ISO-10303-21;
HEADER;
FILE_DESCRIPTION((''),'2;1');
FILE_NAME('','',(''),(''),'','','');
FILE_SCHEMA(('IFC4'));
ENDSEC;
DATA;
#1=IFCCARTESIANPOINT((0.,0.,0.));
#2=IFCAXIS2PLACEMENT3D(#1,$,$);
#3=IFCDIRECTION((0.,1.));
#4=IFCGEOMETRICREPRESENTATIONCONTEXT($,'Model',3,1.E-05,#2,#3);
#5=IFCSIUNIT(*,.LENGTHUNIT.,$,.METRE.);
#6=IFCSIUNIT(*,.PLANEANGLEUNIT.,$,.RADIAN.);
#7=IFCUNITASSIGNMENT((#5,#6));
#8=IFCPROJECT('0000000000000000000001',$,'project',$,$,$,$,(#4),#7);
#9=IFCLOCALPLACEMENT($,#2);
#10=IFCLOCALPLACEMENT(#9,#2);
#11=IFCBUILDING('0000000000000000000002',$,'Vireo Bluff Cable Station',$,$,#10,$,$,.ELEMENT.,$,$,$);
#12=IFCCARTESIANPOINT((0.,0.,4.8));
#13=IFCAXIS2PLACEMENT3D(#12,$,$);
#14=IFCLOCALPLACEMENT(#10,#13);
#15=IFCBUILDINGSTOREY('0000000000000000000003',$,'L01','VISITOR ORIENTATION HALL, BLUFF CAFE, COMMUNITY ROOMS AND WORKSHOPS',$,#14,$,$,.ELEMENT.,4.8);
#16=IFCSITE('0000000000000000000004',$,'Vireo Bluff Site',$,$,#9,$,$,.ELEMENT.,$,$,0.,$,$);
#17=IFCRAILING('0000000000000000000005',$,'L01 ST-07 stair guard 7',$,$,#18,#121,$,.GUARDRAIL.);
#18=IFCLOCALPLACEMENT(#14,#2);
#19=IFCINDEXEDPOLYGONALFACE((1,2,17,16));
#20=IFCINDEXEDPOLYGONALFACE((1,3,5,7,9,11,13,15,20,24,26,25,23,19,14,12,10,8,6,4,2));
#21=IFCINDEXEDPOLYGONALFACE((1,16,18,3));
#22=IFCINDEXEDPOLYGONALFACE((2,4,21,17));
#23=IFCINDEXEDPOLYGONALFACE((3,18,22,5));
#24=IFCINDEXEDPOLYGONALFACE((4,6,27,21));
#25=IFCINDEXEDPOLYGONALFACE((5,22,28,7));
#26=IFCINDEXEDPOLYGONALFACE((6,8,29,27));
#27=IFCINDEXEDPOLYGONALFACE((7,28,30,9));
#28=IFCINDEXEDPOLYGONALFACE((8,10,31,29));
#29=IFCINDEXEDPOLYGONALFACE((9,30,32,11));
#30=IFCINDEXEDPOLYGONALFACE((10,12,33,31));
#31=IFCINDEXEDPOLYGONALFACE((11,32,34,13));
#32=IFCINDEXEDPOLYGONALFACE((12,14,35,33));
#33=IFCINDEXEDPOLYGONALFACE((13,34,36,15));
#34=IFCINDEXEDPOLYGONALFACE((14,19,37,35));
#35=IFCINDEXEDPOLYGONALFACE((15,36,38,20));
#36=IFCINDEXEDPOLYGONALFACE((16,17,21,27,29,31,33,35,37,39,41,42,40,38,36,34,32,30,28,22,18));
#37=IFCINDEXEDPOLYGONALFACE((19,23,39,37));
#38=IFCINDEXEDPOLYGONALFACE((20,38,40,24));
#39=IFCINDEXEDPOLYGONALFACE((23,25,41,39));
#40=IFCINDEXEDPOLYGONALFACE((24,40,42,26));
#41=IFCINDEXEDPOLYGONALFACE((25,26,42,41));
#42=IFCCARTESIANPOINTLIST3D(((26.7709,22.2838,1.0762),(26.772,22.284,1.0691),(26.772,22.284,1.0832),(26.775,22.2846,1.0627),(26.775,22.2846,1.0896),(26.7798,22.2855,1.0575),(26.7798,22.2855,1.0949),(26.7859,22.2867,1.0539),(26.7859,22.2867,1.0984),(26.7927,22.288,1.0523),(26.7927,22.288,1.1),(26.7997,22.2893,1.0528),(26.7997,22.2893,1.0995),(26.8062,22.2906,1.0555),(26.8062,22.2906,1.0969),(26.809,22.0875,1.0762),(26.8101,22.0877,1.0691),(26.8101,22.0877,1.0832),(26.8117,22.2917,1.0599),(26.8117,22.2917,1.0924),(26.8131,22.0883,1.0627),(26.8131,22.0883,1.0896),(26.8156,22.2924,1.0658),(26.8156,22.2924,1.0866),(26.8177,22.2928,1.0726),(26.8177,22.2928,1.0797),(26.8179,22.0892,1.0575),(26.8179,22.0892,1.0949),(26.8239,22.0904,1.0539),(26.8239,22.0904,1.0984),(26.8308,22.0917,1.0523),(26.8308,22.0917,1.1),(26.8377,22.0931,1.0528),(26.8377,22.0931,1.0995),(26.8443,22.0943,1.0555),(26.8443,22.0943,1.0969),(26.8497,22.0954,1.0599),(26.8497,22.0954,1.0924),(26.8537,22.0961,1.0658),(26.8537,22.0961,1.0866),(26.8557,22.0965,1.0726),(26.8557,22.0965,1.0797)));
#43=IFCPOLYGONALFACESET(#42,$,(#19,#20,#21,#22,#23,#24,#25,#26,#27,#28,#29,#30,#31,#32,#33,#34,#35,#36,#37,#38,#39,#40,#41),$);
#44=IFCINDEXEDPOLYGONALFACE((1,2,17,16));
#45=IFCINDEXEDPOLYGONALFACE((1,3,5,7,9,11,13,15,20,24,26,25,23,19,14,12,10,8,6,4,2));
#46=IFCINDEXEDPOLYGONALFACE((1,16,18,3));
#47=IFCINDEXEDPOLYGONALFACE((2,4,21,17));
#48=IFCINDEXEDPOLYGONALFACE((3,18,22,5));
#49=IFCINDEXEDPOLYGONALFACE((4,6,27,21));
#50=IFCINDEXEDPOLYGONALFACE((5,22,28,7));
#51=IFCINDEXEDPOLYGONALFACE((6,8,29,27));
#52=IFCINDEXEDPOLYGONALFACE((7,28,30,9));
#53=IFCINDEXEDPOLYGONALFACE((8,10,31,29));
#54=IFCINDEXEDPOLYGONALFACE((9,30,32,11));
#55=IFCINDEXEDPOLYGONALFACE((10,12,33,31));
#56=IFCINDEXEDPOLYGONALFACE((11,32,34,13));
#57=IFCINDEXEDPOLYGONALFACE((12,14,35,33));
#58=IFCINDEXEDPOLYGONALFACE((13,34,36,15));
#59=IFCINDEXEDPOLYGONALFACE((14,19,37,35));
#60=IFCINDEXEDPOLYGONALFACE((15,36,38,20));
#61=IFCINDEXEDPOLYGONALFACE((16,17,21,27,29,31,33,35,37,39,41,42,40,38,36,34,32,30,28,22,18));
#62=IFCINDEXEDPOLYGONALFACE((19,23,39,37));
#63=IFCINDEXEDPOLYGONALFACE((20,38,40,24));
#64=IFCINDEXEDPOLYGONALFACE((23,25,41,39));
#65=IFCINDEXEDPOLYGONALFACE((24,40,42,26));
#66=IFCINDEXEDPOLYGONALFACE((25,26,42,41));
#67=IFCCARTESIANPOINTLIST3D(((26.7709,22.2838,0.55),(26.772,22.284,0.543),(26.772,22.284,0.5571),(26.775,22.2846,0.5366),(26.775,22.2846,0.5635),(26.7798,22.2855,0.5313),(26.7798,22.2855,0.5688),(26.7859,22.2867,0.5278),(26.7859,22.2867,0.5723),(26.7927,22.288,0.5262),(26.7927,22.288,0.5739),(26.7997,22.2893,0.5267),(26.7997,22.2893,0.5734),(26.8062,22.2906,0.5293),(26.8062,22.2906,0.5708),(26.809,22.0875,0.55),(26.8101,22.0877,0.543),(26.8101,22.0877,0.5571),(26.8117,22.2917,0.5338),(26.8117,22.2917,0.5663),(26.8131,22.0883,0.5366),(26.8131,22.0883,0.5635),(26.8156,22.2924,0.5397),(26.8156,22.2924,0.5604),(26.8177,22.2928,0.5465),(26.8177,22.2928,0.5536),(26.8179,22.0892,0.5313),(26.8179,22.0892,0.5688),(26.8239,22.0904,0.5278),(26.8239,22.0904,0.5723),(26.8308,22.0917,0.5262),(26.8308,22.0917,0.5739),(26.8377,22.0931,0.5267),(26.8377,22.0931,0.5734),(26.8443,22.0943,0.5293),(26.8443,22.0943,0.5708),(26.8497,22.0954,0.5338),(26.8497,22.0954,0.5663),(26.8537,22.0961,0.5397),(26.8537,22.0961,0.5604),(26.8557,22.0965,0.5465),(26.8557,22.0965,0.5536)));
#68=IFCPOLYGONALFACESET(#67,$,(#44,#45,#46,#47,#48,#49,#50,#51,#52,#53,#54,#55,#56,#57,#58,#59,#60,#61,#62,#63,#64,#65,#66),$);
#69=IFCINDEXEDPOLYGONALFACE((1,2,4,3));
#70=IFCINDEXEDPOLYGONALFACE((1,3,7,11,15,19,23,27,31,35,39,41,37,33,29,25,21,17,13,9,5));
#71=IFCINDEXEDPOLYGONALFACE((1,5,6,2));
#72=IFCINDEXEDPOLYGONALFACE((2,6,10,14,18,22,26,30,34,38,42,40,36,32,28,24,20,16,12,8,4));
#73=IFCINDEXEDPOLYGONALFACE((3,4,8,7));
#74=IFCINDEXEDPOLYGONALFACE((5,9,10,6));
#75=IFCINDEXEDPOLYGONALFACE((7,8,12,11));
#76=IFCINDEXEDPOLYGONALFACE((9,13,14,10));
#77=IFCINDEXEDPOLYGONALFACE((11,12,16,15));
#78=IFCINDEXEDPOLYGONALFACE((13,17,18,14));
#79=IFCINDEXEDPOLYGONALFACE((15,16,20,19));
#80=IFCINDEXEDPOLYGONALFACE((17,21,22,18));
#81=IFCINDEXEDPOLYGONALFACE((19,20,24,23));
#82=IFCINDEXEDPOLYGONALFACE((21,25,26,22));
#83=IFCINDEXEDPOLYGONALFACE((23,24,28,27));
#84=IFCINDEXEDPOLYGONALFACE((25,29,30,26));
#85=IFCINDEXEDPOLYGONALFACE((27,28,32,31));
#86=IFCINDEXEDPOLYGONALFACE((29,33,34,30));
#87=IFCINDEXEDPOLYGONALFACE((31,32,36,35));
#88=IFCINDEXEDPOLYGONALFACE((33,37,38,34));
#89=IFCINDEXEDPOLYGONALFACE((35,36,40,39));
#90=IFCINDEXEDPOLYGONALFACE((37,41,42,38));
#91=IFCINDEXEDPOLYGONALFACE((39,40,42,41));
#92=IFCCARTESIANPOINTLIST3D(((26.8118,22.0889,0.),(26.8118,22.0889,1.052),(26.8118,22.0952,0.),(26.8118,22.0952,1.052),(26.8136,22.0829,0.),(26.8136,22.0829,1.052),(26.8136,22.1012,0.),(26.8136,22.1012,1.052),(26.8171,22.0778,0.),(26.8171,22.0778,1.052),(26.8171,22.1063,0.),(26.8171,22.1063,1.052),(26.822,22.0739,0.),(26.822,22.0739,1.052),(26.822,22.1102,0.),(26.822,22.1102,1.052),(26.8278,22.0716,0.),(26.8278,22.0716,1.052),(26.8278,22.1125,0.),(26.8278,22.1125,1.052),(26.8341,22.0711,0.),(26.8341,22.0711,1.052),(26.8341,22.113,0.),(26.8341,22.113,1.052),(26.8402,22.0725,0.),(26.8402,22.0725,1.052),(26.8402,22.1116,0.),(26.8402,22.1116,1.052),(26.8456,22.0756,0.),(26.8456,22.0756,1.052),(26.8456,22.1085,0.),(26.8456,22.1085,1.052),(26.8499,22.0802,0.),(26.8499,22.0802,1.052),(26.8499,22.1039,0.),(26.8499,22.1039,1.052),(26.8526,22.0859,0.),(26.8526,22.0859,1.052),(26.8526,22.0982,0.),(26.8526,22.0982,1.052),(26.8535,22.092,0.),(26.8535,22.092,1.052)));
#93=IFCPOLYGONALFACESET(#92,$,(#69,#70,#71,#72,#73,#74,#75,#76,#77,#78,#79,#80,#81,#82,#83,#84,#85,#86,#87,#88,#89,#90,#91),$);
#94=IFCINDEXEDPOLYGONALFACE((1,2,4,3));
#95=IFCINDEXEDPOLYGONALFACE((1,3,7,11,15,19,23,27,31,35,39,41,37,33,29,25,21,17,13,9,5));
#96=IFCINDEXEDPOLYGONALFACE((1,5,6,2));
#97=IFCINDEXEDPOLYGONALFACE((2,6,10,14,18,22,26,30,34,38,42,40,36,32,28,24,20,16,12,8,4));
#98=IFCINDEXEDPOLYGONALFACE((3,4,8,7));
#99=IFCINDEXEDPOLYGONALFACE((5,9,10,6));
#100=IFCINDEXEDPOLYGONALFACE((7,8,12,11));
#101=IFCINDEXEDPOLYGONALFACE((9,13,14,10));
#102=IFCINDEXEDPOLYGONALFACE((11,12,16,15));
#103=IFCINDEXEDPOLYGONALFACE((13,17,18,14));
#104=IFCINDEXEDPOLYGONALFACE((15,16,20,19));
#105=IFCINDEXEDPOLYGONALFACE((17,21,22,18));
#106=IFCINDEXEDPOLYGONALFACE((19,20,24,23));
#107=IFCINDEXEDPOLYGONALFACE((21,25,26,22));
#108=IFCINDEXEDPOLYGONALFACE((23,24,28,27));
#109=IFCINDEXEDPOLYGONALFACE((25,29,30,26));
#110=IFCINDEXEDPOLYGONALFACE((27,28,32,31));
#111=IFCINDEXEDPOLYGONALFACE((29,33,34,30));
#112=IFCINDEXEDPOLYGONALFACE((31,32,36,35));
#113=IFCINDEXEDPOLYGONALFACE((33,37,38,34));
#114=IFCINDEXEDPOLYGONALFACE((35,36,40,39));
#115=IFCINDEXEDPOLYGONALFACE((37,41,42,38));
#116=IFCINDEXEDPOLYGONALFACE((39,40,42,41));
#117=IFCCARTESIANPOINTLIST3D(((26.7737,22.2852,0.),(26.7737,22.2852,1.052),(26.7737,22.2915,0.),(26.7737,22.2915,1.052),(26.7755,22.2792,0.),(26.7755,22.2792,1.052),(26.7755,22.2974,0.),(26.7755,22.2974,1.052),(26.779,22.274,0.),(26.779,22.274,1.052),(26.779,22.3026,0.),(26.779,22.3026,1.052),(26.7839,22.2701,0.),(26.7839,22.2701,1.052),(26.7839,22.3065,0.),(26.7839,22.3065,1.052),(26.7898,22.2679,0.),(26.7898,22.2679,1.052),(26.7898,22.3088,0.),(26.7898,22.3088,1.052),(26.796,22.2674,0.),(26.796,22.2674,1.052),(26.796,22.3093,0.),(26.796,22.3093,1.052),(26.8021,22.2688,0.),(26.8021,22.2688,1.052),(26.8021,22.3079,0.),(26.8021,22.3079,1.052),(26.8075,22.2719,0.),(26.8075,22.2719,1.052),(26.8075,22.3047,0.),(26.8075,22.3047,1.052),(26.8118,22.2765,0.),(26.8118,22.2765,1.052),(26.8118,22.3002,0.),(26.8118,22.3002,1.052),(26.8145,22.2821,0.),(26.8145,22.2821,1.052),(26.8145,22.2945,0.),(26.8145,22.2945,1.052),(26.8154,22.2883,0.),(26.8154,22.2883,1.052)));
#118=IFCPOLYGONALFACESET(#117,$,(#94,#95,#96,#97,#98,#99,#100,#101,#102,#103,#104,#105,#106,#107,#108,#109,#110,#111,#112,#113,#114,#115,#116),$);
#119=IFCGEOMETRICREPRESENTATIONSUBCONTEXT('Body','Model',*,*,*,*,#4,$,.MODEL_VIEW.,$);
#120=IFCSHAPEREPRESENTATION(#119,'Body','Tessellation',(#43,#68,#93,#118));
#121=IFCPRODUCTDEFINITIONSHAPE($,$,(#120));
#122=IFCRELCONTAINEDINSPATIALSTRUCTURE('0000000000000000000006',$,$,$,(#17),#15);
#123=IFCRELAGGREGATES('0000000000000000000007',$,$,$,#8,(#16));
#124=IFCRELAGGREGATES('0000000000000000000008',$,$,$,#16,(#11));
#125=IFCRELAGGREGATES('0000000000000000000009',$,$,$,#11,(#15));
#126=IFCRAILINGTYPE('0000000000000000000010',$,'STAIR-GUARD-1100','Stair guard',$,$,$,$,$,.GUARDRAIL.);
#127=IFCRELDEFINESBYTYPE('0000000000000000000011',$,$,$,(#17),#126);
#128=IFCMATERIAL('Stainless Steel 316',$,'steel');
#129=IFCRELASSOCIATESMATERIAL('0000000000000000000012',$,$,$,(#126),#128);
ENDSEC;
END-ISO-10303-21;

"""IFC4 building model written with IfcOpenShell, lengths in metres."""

from ifc_helpers import new_model, si_unit, direction, frame, origin, origin_2d, place, context, subcontext, project, spatial, circle, extrude, material, type_object, element, save


model = new_model("IFC4")

# Units and contexts
model_context = context("Model", 3, precision=1e-05, world=origin(), true_north=direction((0.0, 1.0)))
body_context = subcontext(model_context, "Body", "Model", "MODEL_VIEW")
ifc_project = project(units=[si_unit("LENGTHUNIT", "METRE"), si_unit("PLANEANGLEUNIT", "RADIAN")], contexts=[model_context])

# Site, building, storey
site_placement = place(None, origin())
site = spatial("IfcSite", under=ifc_project, at=site_placement, Name="Vireo Bluff Site", CompositionType="ELEMENT", RefElevation=0.0)
building_placement = place(site_placement, origin())
building = spatial("IfcBuilding", under=site, at=building_placement, Name="Vireo Bluff Cable Station", CompositionType="ELEMENT")
storey_placement = place(building_placement, frame((0.0, 0.0, 4.8)))
storey = spatial("IfcBuildingStorey", under=building, at=storey_placement, Name="L01", Description="VISITOR ORIENTATION HALL, BLUFF CAFE, COMMUNITY ROOMS AND WORKSHOPS", CompositionType="ELEMENT", Elevation=4.8)

# Railing
ifc_material_1 = material(Name="Stainless Steel 316", Category="steel")
railing_type_1 = type_object("IfcRailingType", Name="STAIR-GUARD-1100", Description="Stair guard", PredefinedType="GUARDRAIL", material=ifc_material_1)
railing_1_placement = place(storey_placement, frame((26.8325, 22.092, 0.0)))
element("IfcRailing", 1, at=railing_1_placement, inside=storey, type_object=railing_type_1, Name="L01 ST-07 stair guard 7", PredefinedType="GUARDRAIL", context=body_context, shape_type="SweptSolid", body=[
    extrude(circle(Radius=0.0239, at=origin_2d()), frame((0.0, 0.0, 1.0762), z_axis=(-0.190477, 0.981692, 0.0), x_axis=(-0.981692, -0.190477, 0.0)), (0.0, 0.0, 1.0), 0.2),
    extrude(circle(Radius=0.0239, at=origin_2d()), frame((0.0, 0.0, 0.55), z_axis=(-0.190477, 0.981692, 0.0), x_axis=(-0.981692, -0.190477, 0.0)), (0.0, 0.0, 1.0), 0.2),
    extrude(circle(Radius=0.021, at=origin_2d()), origin(), (0.0, 0.0, 1.0), 1.052),
    extrude(circle(Radius=0.021, at=origin_2d()), frame((-0.0381, 0.1963, 0.0)), (0.0, 0.0, 1.0), 1.052),
])

save(model, "model.ifc")
